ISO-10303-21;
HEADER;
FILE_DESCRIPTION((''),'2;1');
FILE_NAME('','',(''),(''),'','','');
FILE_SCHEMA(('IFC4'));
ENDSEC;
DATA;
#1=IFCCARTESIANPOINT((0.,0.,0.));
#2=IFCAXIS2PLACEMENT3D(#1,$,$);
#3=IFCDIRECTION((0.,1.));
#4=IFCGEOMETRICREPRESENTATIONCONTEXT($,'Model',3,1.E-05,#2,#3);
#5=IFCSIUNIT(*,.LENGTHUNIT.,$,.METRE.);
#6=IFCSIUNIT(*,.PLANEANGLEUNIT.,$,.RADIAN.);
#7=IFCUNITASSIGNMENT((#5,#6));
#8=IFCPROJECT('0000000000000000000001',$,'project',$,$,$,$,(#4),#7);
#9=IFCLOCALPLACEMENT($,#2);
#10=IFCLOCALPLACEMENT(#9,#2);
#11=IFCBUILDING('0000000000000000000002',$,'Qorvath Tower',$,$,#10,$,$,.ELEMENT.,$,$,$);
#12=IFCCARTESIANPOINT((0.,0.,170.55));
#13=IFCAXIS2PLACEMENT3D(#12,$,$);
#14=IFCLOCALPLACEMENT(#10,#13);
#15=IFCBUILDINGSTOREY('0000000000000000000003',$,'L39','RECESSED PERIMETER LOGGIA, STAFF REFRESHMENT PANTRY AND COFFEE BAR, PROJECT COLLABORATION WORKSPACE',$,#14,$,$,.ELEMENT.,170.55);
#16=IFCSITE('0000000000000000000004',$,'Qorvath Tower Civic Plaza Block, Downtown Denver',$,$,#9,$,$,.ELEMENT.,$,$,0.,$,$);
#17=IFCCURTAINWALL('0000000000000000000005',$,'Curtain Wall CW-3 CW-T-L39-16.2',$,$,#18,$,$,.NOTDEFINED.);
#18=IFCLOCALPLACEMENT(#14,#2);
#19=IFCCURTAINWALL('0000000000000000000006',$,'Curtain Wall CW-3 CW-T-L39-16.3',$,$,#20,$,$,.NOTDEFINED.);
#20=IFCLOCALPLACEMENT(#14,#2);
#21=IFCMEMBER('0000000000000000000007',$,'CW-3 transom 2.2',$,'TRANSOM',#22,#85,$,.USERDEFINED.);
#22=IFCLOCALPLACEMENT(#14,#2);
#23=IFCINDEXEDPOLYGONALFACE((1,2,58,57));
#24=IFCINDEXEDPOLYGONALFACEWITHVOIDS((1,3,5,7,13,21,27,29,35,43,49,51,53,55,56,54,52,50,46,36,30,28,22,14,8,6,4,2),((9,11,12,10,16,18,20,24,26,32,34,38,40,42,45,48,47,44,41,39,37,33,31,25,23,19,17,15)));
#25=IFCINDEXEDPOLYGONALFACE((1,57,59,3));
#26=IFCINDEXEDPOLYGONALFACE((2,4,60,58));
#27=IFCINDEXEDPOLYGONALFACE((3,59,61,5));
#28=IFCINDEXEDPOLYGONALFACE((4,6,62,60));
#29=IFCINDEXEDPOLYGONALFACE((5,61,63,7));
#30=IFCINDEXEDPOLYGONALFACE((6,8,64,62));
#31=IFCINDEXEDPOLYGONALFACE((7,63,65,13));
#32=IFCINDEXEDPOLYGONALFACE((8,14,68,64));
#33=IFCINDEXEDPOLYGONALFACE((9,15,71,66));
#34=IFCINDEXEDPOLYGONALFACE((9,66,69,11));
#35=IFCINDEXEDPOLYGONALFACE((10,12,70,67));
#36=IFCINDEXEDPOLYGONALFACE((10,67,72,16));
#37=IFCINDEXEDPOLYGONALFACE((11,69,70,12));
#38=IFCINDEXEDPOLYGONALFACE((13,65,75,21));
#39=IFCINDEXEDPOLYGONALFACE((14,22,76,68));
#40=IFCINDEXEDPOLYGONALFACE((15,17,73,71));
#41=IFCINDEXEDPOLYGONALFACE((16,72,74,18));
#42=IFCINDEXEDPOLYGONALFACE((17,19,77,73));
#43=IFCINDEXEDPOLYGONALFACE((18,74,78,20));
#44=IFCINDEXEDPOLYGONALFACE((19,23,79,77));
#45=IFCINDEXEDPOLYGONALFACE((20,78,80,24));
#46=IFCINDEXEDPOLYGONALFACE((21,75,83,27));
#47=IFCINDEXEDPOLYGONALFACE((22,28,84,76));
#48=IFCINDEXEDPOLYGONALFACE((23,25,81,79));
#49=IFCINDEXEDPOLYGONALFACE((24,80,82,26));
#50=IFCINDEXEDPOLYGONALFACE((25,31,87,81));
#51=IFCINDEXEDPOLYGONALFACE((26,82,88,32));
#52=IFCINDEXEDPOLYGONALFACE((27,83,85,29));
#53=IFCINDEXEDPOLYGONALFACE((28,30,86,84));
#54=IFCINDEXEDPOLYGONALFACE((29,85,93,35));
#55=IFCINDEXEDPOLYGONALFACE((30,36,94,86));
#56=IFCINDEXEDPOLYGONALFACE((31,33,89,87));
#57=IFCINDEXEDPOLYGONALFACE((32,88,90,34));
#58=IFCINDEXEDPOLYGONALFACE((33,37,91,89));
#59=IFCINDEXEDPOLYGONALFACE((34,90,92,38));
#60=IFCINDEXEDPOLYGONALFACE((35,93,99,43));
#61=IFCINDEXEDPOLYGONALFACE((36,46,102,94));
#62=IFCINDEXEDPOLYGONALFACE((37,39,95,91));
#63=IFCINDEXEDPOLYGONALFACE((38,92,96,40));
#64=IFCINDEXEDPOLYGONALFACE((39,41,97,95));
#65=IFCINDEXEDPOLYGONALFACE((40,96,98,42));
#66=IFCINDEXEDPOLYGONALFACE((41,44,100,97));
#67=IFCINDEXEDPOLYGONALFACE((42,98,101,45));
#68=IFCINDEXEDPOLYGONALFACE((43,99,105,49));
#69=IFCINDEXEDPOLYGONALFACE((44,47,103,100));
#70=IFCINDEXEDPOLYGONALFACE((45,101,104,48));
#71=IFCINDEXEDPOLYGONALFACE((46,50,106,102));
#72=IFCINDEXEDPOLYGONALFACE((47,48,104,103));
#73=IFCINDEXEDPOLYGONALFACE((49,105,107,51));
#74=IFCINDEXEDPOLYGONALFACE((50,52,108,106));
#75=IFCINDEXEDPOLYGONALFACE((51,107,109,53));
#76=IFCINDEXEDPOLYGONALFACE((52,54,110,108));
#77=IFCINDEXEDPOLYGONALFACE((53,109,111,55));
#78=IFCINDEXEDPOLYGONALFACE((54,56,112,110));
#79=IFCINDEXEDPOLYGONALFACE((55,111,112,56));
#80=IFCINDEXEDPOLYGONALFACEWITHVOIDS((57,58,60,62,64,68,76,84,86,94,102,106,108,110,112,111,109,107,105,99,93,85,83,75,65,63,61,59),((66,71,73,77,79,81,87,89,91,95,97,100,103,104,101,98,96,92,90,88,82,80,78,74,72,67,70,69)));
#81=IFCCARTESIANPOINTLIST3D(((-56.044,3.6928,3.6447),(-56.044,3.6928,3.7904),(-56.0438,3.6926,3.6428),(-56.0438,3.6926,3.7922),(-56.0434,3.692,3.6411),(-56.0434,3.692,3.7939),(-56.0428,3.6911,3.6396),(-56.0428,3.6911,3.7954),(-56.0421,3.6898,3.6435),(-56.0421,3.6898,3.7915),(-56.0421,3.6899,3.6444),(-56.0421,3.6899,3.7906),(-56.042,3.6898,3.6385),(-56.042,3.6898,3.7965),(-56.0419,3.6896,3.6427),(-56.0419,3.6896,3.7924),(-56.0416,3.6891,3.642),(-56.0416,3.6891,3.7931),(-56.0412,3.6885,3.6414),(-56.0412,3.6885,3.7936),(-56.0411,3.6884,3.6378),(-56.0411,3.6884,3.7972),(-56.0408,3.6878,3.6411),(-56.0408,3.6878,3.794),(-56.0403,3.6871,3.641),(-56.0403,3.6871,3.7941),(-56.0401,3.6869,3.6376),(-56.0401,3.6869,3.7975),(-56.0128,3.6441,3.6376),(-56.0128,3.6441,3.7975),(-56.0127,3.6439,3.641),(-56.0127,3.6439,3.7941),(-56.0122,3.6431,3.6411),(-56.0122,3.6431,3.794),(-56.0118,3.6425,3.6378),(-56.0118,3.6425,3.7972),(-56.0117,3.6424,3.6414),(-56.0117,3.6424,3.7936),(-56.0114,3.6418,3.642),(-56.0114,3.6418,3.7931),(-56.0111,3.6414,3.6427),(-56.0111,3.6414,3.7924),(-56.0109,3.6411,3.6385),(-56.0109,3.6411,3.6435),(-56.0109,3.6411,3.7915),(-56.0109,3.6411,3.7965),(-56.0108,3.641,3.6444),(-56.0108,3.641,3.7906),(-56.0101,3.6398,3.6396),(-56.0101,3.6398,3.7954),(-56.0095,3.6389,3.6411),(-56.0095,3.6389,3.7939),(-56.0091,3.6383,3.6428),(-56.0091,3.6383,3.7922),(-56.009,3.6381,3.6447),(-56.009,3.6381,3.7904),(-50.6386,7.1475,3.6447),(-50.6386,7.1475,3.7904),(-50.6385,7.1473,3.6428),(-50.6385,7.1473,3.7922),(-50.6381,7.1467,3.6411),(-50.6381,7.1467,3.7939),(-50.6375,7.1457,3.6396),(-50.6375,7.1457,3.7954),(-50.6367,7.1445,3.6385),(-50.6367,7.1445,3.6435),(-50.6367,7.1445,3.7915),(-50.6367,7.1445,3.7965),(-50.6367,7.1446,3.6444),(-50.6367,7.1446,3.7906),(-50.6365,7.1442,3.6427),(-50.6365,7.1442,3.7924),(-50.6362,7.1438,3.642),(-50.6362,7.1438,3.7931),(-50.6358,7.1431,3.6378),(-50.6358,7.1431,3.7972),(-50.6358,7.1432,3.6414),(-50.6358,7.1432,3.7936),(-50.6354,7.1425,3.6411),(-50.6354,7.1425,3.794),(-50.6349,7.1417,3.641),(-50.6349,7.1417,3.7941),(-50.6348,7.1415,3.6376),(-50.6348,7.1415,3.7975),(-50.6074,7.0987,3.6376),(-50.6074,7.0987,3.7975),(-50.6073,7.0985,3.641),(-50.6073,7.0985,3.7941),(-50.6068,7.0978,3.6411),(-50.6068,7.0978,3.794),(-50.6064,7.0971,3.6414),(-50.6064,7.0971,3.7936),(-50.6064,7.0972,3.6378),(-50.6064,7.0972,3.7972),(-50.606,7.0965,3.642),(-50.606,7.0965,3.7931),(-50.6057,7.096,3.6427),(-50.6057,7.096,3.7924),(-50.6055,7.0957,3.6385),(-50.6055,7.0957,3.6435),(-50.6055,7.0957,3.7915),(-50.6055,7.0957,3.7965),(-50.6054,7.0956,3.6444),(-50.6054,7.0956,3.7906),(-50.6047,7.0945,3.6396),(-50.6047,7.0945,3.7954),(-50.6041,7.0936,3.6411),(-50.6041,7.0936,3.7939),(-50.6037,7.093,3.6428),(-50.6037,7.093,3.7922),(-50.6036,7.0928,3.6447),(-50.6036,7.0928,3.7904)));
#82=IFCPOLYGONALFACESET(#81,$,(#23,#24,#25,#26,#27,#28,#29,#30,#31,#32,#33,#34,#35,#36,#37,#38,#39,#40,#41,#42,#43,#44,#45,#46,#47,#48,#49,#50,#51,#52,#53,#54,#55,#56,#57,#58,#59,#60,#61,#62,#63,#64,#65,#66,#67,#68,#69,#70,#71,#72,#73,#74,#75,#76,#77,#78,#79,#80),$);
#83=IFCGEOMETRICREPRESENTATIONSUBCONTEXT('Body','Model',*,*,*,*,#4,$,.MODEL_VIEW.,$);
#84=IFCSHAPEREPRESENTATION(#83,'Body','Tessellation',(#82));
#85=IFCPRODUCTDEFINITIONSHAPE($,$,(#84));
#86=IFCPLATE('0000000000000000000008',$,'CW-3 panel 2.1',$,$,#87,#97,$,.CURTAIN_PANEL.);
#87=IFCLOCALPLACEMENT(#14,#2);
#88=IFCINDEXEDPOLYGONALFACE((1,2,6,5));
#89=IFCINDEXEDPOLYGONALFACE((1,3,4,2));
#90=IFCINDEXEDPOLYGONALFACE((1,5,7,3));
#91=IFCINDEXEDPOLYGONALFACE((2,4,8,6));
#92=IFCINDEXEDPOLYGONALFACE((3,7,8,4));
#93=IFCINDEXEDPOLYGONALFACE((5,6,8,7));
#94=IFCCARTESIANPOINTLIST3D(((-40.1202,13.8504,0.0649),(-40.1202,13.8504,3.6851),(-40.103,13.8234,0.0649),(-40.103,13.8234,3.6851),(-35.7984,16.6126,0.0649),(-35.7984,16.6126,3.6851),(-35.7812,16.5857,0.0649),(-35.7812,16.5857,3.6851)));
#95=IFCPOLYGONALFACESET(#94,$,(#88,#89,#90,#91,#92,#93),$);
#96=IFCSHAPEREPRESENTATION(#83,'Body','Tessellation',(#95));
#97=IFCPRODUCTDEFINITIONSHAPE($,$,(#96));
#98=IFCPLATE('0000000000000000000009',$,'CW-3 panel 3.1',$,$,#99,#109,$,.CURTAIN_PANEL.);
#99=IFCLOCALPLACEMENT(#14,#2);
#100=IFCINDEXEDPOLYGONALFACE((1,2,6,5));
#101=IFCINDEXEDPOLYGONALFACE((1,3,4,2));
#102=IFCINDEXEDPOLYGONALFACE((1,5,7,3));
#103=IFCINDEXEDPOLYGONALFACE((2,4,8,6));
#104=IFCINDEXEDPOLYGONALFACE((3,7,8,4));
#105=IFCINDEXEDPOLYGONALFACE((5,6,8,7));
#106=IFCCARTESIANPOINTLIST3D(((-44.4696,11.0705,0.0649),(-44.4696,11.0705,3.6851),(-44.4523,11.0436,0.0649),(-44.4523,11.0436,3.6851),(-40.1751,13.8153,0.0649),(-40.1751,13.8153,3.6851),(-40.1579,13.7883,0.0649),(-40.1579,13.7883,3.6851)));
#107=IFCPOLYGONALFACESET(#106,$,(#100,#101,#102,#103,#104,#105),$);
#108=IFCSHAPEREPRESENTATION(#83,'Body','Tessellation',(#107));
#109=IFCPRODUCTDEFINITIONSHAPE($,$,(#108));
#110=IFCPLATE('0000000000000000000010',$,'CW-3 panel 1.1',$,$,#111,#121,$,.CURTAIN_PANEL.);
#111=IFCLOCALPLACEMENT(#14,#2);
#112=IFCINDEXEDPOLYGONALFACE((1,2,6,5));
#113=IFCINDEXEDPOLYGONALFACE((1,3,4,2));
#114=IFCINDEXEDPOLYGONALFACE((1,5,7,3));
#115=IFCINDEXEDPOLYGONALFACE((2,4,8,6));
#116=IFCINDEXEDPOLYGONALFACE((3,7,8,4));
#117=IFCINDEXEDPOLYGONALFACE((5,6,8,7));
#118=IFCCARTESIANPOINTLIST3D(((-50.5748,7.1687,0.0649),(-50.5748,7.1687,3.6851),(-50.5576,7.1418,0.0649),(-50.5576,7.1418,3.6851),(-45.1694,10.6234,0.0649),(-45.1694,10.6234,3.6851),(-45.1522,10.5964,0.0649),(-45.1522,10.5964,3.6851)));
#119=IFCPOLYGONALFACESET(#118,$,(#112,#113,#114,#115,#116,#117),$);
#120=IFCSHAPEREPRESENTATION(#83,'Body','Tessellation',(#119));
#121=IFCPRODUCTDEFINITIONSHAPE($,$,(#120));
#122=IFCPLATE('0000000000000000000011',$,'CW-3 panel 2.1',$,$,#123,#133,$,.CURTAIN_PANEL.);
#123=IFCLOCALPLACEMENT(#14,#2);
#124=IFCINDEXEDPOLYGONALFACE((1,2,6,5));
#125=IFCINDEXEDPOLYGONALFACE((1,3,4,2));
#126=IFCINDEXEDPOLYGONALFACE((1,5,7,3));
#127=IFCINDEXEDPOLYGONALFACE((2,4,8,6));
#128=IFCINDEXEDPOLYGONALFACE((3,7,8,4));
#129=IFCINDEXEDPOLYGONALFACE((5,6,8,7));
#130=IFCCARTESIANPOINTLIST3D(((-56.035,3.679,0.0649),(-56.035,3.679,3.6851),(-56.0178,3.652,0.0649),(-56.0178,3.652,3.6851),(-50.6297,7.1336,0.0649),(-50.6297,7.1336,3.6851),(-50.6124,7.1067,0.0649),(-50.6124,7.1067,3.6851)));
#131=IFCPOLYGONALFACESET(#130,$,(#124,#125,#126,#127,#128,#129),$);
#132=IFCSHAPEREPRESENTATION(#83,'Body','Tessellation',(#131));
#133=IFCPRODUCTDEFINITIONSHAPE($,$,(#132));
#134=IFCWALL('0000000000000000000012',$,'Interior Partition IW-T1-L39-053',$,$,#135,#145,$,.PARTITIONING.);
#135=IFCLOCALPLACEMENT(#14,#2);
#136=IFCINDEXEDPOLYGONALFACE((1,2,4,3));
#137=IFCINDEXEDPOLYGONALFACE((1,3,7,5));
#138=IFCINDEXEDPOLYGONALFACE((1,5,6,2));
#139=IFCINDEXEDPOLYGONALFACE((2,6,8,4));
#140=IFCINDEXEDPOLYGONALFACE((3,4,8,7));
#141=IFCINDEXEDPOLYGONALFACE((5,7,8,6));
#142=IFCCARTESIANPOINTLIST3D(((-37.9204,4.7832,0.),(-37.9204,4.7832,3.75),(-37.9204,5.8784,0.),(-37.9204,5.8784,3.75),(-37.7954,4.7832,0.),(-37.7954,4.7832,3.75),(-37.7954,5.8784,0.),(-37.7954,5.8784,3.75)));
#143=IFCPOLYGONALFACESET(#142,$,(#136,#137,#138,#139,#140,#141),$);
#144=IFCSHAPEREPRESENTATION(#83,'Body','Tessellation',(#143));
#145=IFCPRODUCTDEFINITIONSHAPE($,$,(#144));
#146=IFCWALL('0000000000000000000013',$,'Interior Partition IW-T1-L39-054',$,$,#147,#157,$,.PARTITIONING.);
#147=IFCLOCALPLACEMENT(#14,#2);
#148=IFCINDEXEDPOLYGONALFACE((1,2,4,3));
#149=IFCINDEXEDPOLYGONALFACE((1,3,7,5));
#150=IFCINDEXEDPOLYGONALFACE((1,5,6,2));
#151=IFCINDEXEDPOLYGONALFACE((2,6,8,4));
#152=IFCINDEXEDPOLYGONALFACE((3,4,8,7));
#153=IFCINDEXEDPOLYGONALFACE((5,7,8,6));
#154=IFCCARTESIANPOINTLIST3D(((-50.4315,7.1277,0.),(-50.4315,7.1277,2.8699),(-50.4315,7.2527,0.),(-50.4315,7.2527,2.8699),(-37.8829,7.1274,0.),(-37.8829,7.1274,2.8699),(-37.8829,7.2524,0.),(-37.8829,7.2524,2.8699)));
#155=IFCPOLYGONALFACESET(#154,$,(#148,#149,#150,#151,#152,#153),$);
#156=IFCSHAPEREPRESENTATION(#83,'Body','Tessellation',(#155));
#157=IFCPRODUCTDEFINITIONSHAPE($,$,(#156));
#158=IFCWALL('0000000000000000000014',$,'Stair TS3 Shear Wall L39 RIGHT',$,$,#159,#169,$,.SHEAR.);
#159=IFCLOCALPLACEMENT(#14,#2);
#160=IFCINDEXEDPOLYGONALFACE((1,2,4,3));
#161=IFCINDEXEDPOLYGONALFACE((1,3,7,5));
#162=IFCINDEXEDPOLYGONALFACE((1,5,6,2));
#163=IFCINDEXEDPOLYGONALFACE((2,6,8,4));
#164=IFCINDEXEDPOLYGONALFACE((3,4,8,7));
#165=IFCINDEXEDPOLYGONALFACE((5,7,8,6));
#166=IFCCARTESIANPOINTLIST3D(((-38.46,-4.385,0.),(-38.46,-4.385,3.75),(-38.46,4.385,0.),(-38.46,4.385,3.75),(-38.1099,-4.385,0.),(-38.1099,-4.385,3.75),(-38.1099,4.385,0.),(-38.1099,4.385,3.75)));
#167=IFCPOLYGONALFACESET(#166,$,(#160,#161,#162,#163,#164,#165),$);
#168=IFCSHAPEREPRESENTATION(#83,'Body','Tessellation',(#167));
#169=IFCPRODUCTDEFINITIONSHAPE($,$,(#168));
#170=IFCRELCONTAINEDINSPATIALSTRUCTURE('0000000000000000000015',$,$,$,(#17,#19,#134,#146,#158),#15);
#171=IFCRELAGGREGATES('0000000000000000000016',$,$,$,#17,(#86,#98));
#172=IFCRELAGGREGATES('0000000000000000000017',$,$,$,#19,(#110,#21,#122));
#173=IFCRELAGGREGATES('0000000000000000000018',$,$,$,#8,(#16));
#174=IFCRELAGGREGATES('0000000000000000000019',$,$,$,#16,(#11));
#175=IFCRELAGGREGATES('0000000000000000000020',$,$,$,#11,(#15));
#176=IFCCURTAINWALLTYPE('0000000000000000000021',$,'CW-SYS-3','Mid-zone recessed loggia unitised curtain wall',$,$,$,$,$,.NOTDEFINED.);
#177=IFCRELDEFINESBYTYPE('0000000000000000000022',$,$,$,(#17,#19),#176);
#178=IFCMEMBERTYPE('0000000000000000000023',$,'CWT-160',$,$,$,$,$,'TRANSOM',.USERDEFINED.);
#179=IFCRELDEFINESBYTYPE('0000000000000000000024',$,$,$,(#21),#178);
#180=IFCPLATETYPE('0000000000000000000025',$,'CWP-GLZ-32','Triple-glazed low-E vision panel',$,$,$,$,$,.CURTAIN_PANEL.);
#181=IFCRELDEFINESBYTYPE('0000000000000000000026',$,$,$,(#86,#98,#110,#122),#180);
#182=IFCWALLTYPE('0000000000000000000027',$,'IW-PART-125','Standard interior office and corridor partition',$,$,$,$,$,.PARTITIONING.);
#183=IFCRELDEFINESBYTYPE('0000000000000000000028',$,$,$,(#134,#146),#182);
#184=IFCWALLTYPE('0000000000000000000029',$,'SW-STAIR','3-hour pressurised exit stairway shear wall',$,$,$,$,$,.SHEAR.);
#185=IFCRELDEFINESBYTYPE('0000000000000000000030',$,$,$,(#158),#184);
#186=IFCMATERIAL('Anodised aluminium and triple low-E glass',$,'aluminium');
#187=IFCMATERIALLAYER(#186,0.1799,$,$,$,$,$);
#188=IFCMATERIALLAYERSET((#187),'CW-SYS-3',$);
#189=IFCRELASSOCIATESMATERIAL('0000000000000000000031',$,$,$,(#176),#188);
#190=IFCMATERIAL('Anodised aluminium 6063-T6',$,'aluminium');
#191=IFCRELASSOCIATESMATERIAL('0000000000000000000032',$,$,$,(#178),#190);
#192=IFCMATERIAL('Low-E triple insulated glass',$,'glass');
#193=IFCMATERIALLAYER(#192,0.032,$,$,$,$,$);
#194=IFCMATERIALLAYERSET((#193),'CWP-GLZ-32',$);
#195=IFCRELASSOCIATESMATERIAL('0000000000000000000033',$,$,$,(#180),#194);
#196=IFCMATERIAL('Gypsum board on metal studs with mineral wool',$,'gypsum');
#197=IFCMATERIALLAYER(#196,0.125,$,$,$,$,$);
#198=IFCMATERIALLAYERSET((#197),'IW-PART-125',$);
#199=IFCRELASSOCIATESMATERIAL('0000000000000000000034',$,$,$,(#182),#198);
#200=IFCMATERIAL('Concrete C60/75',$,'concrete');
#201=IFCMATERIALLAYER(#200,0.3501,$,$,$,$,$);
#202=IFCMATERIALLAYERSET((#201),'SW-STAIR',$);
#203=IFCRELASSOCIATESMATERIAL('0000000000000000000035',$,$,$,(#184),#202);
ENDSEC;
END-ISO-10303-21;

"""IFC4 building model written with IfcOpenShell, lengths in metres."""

from ifc_helpers import new_model, si_unit, direction, frame, frame_2d, origin, origin_2d, place, context, subcontext, project, spatial, rectangle, hollow_rectangle, extrude, material, layer, layer_set, material_profile, profile_set, type_object, element, aggregate, save


model = new_model("IFC4")

# Units and contexts
model_context = context("Model", 3, precision=1e-05, world=origin(), true_north=direction((0.0, 1.0)))
body_context = subcontext(model_context, "Body", "Model", "MODEL_VIEW")
ifc_project = project(units=[si_unit("LENGTHUNIT", "METRE"), si_unit("PLANEANGLEUNIT", "RADIAN")], contexts=[model_context])

# Site, building, storey
site_placement = place(None, origin())
site = spatial("IfcSite", under=ifc_project, at=site_placement, Name="Qorvath Tower Civic Plaza Block, Downtown Denver", CompositionType="ELEMENT", RefElevation=0.0)
building_placement = place(site_placement, origin())
building = spatial("IfcBuilding", under=site, at=building_placement, Name="Qorvath Tower", CompositionType="ELEMENT")
storey_placement = place(building_placement, frame((0.0, 0.0, 170.55)))
storey = spatial("IfcBuildingStorey", under=building, at=storey_placement, Name="L39", Description="RECESSED PERIMETER LOGGIA, STAFF REFRESHMENT PANTRY AND COFFEE BAR, PROJECT COLLABORATION WORKSPACE", CompositionType="ELEMENT", Elevation=170.55)

# Curtain walls
ifc_material_1 = material(Name="Anodised aluminium and triple low-E glass", Category="aluminium")
ifc_layer_1 = layer(ifc_material_1, 0.1799)
ifc_layer_set_1 = layer_set([ifc_layer_1], Name="CW-SYS-3")
curtain_wall_type = type_object("IfcCurtainWallType", Name="CW-SYS-3", Description="Mid-zone recessed loggia unitised curtain wall", PredefinedType="NOTDEFINED", material=ifc_layer_set_1)
curtain_wall_1_placement = place(storey_placement, origin())
curtain_wall_1 = element("IfcCurtainWall", 1, at=curtain_wall_1_placement, inside=storey, type_object=curtain_wall_type, Name="Curtain Wall CW-3 CW-T-L39-16.2", PredefinedType="NOTDEFINED")
curtain_wall_2_placement = place(storey_placement, origin())
curtain_wall_2 = element("IfcCurtainWall", 2, at=curtain_wall_2_placement, inside=storey, type_object=curtain_wall_type, Name="Curtain Wall CW-3 CW-T-L39-16.3", PredefinedType="NOTDEFINED")

# Member
ifc_material_2 = material(Name="Anodised aluminium 6063-T6", Category="aluminium")
ifc_material_profile_1 = material_profile(ifc_material_2, hollow_rectangle(XDim=0.0649, YDim=0.1599, WallThickness=0.0034, InnerFilletRadius=0.0034, OuterFilletRadius=0.0071, at=origin_2d()), Name="CWT 160x65")
ifc_profile_set_1 = profile_set([ifc_material_profile_1], Name="Anodised aluminium 6063-T6")
member_type_1 = type_object("IfcMemberType", Name="CWT-160", ElementType="TRANSOM", PredefinedType="USERDEFINED", material=ifc_profile_set_1)
member_1_placement = place(storey_placement, frame((-50.6211, 7.1201, 3.7175), z_axis=(-0.84261, -0.538524, 0.0), x_axis=(0.538524, -0.84261, 0.0)))
member_1 = element("IfcMember", 3, at=member_1_placement, type_object=member_type_1, Name="CW-3 transom 2.2", ObjectType="TRANSOM", PredefinedType="USERDEFINED", context=body_context, shape_type="SweptSolid", body=[
    extrude(hollow_rectangle(XDim=0.0649, YDim=0.1599, WallThickness=0.0034, InnerFilletRadius=0.0034, OuterFilletRadius=0.0071, at=origin_2d()), origin(), (0.0, 0.0, 1.0), 6.415),
])

# Plates
ifc_material_3 = material(Name="Low-E triple insulated glass", Category="glass")
ifc_layer_2 = layer(ifc_material_3, 0.032)
ifc_layer_set_2 = layer_set([ifc_layer_2], Name="CWP-GLZ-32")
plate_type = type_object("IfcPlateType", Name="CWP-GLZ-32", Description="Triple-glazed low-E vision panel", PredefinedType="CURTAIN_PANEL", material=ifc_layer_set_2)
plate_1_placement = place(storey_placement, frame((-37.9507, 15.218, 0.0649), z_axis=(0.0, 0.0, 1.0), x_axis=(-0.842602, -0.538537, 0.0)))
plate_1 = element("IfcPlate", 4, at=plate_1_placement, type_object=plate_type, Name="CW-3 panel 2.1", PredefinedType="CURTAIN_PANEL", context=body_context, shape_type="SweptSolid", body=[
    extrude(rectangle(XDim=5.1292, YDim=0.032, at=origin_2d()), origin(), (0.0, 0.0, 1.0), 3.6201),
])
plate_2_placement = place(storey_placement, frame((-42.3137, 12.4294, 0.0649), z_axis=(0.0, 0.0, 1.0), x_axis=(-0.842602, -0.538537, 0.0)))
plate_2 = element("IfcPlate", 5, at=plate_2_placement, type_object=plate_type, Name="CW-3 panel 3.1", PredefinedType="CURTAIN_PANEL", context=body_context, shape_type="SweptSolid", body=[
    extrude(rectangle(XDim=5.0967, YDim=0.032, at=origin_2d()), origin(), (0.0, 0.0, 1.0), 3.6201),
])
aggregate(curtain_wall_1, [plate_1, plate_2])
plate_3_placement = place(storey_placement, frame((-47.8635, 8.8826, 0.0649), z_axis=(0.0, 0.0, 1.0), x_axis=(-0.842611, -0.538523, 0.0)))
plate_3 = element("IfcPlate", 6, at=plate_3_placement, type_object=plate_type, Name="CW-3 panel 1.1", PredefinedType="CURTAIN_PANEL", context=body_context, shape_type="SweptSolid", body=[
    extrude(rectangle(XDim=6.415, YDim=0.032, at=origin_2d()), origin(), (0.0, 0.0, 1.0), 3.6201),
])
plate_4_placement = place(storey_placement, frame((-53.3237, 5.3928, 0.0649), z_axis=(0.0, 0.0, 1.0), x_axis=(-0.842611, -0.538523, 0.0)))
plate_4 = element("IfcPlate", 7, at=plate_4_placement, type_object=plate_type, Name="CW-3 panel 2.1", PredefinedType="CURTAIN_PANEL", context=body_context, shape_type="SweptSolid", body=[
    extrude(rectangle(XDim=6.415, YDim=0.032, at=origin_2d()), origin(), (0.0, 0.0, 1.0), 3.6201),
])
aggregate(curtain_wall_2, [plate_3, member_1, plate_4])

# Walls
ifc_material_4 = material(Name="Gypsum board on metal studs with mineral wool", Category="gypsum")
ifc_layer_3 = layer(ifc_material_4, 0.125)
ifc_layer_set_3 = layer_set([ifc_layer_3], Name="IW-PART-125")
wall_type_1 = type_object("IfcWallType", Name="IW-PART-125", Description="Standard interior office and corridor partition", PredefinedType="PARTITIONING", material=ifc_layer_set_3)
wall_1_placement = place(storey_placement, frame((-37.8579, 4.7832, 0.0), z_axis=(0.0, 0.0, 1.0), x_axis=(0.0, 1.0, 0.0)))
element("IfcWall", 8, at=wall_1_placement, inside=storey, type_object=wall_type_1, Name="Interior Partition IW-T1-L39-053", PredefinedType="PARTITIONING", context=body_context, shape_type="SweptSolid", body=[
    extrude(rectangle(XDim=1.0952, YDim=0.125, at=frame_2d((0.5476, 0.0))), origin(), (0.0, 0.0, 1.0), 3.75),
])
wall_2_placement = place(storey_placement, frame((-37.8828, 7.1899, 0.0), z_axis=(0.0, 0.0, 1.0), x_axis=(-1.0, 0.000019, 0.0)))
element("IfcWall", 9, at=wall_2_placement, inside=storey, type_object=wall_type_1, Name="Interior Partition IW-T1-L39-054", PredefinedType="PARTITIONING", context=body_context, shape_type="SweptSolid", body=[
    extrude(rectangle(XDim=12.5486, YDim=0.125, at=frame_2d((6.2744, 0.0))), origin(), (0.0, 0.0, 1.0), 2.8699),
])
ifc_material_5 = material(Name="Concrete C60/75", Category="concrete")
ifc_layer_4 = layer(ifc_material_5, 0.3501)
ifc_layer_set_4 = layer_set([ifc_layer_4], Name="SW-STAIR")
wall_type_2 = type_object("IfcWallType", Name="SW-STAIR", Description="3-hour pressurised exit stairway shear wall", PredefinedType="SHEAR", material=ifc_layer_set_4)
wall_3_placement = place(storey_placement, frame((-38.2849, 4.385, 0.0), z_axis=(0.0, 0.0, 1.0), x_axis=(0.0, -1.0, 0.0)))
element("IfcWall", 10, at=wall_3_placement, inside=storey, type_object=wall_type_2, Name="Stair TS3 Shear Wall L39 RIGHT", PredefinedType="SHEAR", context=body_context, shape_type="SweptSolid", body=[
    extrude(rectangle(XDim=8.77, YDim=0.3501, at=frame_2d((4.385, 0.0))), origin(), (0.0, 0.0, 1.0), 3.75),
])

save(model, "model.ifc")
